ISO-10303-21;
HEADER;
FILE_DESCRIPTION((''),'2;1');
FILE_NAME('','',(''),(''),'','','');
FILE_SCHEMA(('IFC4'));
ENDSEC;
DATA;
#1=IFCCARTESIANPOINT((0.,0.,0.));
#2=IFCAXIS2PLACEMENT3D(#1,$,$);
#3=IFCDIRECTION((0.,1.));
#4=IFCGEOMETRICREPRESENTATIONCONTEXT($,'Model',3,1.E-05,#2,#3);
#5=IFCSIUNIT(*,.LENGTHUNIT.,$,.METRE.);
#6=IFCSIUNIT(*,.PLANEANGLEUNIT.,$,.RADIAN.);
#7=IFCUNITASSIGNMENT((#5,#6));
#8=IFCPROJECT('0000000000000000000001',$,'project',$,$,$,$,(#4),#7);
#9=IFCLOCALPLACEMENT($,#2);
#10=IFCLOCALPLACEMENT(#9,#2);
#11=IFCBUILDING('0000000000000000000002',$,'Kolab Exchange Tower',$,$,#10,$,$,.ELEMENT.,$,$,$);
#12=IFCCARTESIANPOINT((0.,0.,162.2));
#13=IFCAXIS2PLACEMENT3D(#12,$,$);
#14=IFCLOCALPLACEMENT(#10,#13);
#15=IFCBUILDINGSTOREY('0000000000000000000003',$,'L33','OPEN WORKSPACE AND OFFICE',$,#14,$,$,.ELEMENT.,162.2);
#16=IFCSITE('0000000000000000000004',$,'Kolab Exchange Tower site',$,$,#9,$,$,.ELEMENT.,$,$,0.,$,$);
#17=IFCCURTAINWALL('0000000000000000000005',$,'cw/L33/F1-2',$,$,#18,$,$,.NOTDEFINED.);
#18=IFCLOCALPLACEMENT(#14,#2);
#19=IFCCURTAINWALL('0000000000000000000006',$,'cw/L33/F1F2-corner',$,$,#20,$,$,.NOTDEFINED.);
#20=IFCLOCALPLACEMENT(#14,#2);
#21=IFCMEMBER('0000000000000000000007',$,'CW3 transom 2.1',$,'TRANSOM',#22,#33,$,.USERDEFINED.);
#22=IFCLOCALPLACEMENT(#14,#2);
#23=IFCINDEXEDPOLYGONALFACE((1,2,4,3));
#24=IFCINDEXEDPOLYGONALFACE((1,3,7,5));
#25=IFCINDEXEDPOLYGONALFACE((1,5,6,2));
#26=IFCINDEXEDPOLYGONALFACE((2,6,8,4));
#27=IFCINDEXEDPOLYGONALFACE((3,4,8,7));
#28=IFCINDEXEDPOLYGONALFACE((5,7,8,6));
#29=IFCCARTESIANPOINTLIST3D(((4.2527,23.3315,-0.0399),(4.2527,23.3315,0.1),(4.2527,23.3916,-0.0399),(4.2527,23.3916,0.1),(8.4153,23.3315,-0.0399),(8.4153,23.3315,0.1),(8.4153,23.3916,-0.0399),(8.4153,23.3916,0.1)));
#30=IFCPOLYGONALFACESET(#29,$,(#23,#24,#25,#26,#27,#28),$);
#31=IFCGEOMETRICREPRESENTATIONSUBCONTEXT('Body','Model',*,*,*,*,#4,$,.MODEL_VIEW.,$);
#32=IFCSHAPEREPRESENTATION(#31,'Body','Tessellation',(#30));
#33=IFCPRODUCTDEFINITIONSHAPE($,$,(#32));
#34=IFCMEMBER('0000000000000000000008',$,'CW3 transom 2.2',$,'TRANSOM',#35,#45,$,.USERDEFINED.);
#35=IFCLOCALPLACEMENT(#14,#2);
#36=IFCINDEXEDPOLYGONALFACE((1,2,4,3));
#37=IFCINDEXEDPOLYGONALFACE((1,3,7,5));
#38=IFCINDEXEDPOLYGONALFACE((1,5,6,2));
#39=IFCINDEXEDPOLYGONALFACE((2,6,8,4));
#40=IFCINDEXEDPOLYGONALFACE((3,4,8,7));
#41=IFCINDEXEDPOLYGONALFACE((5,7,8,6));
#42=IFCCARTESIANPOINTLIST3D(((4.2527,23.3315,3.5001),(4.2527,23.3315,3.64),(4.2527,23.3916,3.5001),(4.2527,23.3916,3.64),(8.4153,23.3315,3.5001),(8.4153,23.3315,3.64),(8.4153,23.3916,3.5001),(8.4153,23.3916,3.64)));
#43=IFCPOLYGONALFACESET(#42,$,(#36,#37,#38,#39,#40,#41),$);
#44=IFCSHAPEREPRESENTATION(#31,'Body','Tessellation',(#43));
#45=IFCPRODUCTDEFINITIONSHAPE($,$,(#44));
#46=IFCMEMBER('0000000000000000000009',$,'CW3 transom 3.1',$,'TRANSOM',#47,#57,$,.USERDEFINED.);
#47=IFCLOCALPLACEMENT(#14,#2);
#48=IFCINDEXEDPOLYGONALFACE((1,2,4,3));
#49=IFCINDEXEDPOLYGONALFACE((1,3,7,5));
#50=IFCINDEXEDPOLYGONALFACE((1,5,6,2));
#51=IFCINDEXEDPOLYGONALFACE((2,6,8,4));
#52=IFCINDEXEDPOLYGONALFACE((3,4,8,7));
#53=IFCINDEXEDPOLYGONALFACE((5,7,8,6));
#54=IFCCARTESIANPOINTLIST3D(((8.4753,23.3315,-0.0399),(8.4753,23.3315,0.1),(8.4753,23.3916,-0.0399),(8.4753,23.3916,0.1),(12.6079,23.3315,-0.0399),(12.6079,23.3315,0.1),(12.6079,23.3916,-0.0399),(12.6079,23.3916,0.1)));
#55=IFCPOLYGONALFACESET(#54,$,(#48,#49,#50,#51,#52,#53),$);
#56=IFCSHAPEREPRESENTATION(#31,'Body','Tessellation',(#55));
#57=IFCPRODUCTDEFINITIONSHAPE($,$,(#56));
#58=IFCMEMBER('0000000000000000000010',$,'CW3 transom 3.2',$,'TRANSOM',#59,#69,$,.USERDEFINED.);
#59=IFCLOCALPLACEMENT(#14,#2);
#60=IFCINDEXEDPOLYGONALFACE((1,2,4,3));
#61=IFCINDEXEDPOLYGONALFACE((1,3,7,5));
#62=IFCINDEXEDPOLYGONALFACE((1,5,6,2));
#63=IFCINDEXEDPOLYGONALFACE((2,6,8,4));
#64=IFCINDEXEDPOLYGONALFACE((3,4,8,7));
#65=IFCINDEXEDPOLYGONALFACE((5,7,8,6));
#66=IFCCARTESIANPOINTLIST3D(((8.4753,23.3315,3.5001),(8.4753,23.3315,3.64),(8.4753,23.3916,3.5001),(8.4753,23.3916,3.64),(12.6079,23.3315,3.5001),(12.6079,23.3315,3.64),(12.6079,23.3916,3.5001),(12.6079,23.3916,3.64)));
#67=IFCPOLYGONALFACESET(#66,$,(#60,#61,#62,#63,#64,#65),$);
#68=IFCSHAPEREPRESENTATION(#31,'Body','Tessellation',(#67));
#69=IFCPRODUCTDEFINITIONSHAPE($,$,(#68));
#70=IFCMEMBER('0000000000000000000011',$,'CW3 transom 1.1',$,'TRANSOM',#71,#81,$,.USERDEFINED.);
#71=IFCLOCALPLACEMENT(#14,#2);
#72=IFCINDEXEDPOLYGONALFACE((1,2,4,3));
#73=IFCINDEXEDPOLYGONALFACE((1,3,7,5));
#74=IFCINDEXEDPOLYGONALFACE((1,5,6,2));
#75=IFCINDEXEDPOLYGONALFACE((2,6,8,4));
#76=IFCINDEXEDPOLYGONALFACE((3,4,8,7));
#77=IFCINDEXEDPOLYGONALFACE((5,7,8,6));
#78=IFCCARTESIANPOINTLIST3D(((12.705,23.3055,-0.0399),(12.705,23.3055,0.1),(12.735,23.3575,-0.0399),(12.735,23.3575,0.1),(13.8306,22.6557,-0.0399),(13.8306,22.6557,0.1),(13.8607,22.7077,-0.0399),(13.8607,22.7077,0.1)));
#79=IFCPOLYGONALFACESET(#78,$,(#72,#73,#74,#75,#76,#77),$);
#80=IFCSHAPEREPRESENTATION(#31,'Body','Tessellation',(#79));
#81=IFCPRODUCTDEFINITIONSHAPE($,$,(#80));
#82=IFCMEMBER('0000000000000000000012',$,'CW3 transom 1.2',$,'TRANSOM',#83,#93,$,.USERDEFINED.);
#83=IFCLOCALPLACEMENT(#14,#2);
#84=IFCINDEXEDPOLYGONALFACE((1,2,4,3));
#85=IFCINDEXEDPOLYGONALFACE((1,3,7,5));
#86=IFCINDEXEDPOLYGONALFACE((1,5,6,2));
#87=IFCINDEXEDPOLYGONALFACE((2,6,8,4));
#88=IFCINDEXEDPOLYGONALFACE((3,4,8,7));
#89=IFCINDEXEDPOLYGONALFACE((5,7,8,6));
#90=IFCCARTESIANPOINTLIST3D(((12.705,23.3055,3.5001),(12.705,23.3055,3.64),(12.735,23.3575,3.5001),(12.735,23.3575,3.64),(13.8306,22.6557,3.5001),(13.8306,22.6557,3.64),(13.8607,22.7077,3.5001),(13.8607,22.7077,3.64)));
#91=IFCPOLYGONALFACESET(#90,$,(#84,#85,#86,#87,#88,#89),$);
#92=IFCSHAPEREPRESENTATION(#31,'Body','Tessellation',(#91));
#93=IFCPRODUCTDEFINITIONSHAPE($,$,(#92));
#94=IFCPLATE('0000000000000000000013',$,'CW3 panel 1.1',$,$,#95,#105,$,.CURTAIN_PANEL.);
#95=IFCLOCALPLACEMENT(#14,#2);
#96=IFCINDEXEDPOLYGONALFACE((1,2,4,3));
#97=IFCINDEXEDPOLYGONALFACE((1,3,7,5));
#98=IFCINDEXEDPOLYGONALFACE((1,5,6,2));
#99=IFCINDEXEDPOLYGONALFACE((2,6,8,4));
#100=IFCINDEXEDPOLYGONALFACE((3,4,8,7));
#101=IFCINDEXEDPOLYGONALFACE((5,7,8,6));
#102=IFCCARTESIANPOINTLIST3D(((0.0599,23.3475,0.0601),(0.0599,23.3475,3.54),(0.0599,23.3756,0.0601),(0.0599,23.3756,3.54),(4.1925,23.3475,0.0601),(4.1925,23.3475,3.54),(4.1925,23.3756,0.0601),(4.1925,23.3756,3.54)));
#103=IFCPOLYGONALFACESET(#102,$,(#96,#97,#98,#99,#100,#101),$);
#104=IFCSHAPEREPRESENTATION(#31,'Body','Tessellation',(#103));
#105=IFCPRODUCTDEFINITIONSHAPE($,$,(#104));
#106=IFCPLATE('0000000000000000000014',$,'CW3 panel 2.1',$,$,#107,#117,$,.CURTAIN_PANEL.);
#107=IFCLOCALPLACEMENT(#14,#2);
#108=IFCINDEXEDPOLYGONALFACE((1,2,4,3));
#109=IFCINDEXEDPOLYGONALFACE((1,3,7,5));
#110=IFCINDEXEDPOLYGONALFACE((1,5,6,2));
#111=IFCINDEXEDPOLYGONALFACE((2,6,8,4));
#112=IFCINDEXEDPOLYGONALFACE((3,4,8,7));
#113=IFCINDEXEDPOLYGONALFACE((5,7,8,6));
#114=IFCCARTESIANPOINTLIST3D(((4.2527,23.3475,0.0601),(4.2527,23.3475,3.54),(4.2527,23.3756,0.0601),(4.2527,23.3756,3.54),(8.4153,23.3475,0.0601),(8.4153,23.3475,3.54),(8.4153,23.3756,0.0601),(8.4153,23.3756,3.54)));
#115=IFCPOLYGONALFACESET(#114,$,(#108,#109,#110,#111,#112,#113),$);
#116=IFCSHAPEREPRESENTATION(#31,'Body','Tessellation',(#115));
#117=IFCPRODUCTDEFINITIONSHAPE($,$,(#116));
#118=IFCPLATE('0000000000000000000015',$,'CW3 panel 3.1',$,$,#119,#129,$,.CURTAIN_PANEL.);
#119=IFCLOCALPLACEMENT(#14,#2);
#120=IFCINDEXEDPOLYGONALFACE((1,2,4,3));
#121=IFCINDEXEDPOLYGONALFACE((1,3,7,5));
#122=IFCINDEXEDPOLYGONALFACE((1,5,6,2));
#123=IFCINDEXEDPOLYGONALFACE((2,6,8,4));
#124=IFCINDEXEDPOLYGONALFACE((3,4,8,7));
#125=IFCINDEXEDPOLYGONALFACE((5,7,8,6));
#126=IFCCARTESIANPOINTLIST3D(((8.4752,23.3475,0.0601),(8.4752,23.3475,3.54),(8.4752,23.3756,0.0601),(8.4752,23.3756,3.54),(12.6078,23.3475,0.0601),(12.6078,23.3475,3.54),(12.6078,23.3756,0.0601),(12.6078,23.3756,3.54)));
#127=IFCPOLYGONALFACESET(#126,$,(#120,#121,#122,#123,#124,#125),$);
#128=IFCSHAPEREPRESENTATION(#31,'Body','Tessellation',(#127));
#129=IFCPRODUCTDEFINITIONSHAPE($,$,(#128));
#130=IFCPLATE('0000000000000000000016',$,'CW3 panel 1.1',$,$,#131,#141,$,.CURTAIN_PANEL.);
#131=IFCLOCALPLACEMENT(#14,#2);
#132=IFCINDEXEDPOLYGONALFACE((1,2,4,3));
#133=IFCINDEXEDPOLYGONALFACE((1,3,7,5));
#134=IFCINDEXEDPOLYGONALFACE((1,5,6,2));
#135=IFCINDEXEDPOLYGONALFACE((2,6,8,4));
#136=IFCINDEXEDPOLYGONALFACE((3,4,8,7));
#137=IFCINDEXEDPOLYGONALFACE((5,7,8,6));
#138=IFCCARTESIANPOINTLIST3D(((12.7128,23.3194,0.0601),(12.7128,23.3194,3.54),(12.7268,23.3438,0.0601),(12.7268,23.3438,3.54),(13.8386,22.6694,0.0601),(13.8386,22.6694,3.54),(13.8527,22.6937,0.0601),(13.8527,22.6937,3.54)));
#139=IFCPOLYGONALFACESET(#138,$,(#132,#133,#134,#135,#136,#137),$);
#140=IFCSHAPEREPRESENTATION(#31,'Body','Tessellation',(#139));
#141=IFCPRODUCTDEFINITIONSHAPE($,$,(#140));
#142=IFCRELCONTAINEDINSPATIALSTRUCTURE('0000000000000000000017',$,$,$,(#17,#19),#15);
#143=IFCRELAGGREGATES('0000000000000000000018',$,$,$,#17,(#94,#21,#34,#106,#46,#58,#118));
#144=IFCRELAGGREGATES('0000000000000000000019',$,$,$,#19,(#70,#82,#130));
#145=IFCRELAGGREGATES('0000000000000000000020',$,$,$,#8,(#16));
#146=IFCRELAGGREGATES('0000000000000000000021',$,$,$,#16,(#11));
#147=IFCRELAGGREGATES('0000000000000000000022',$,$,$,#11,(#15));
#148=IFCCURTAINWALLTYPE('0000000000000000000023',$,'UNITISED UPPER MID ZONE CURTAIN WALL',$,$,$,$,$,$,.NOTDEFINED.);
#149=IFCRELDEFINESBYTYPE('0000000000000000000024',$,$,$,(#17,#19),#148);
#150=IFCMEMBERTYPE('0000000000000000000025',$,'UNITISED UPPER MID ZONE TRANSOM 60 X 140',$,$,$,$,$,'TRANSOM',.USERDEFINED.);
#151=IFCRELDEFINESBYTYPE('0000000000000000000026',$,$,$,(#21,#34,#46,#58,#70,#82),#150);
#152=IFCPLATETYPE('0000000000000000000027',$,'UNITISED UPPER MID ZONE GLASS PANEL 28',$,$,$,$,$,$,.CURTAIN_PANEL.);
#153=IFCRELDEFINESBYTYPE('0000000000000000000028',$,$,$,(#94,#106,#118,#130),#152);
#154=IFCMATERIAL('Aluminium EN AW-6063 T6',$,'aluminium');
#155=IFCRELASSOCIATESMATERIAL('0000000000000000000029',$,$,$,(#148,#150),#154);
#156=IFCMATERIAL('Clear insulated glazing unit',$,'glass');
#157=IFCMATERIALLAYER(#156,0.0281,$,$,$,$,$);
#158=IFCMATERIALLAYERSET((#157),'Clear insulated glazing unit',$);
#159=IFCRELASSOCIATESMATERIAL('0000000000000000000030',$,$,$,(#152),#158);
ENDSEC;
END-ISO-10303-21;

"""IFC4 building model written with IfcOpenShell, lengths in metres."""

from ifc_helpers import new_model, si_unit, direction, frame, origin, origin_2d, place, context, subcontext, project, spatial, rectangle, extrude, material, layer, layer_set, material_profile, profile_set, type_object, element, aggregate, save


model = new_model("IFC4")

# Units and contexts
model_context = context("Model", 3, precision=1e-05, world=origin(), true_north=direction((0.0, 1.0)))
body_context = subcontext(model_context, "Body", "Model", "MODEL_VIEW")
ifc_project = project(units=[si_unit("LENGTHUNIT", "METRE"), si_unit("PLANEANGLEUNIT", "RADIAN")], contexts=[model_context])

# Site, building, storey
site_placement = place(None, origin())
site = spatial("IfcSite", under=ifc_project, at=site_placement, Name="Kolab Exchange Tower site", CompositionType="ELEMENT", RefElevation=0.0)
building_placement = place(site_placement, origin())
building = spatial("IfcBuilding", under=site, at=building_placement, Name="Kolab Exchange Tower", CompositionType="ELEMENT")
storey_placement = place(building_placement, frame((0.0, 0.0, 162.2)))
storey = spatial("IfcBuildingStorey", under=building, at=storey_placement, Name="L33", Description="OPEN WORKSPACE AND OFFICE", CompositionType="ELEMENT", Elevation=162.2)

# Curtain walls
ifc_material_1 = material(Name="Aluminium EN AW-6063 T6", Category="aluminium")
curtain_wall_type = type_object("IfcCurtainWallType", Name="UNITISED UPPER MID ZONE CURTAIN WALL", PredefinedType="NOTDEFINED", material=ifc_material_1)
curtain_wall_1_placement = place(storey_placement, origin())
curtain_wall_1 = element("IfcCurtainWall", 1, at=curtain_wall_1_placement, inside=storey, type_object=curtain_wall_type, Name="cw/L33/F1-2", PredefinedType="NOTDEFINED")
curtain_wall_2_placement = place(storey_placement, origin())
curtain_wall_2 = element("IfcCurtainWall", 2, at=curtain_wall_2_placement, inside=storey, type_object=curtain_wall_type, Name="cw/L33/F1F2-corner", PredefinedType="NOTDEFINED")

# Members
ifc_material_profile_1 = material_profile(ifc_material_1, rectangle(XDim=0.0601, YDim=0.1399, at=origin_2d()), Name="RECT 60X140")
ifc_profile_set_1 = profile_set([ifc_material_profile_1], Name="Aluminium EN AW-6063 T6")
member_type_1 = type_object("IfcMemberType", Name="UNITISED UPPER MID ZONE TRANSOM 60 X 140", ElementType="TRANSOM", PredefinedType="USERDEFINED", material=ifc_profile_set_1)
member_1_placement = place(storey_placement, frame((4.2527, 23.3616, 0.03), z_axis=(1.0, 0.0, 0.0), x_axis=(0.0, 1.0, 0.0)))
member_1 = element("IfcMember", 3, at=member_1_placement, type_object=member_type_1, Name="CW3 transom 2.1", ObjectType="TRANSOM", PredefinedType="USERDEFINED", context=body_context, shape_type="SweptSolid", body=[
    extrude(rectangle(XDim=0.0601, YDim=0.1399, at=origin_2d()), origin(), (0.0, 0.0, 1.0), 4.1626),
])
member_2_placement = place(storey_placement, frame((4.2527, 23.3616, 3.5701), z_axis=(1.0, 0.0, 0.0), x_axis=(0.0, 1.0, 0.0)))
member_2 = element("IfcMember", 4, at=member_2_placement, type_object=member_type_1, Name="CW3 transom 2.2", ObjectType="TRANSOM", PredefinedType="USERDEFINED", context=body_context, shape_type="SweptSolid", body=[
    extrude(rectangle(XDim=0.0601, YDim=0.1399, at=origin_2d()), origin(), (0.0, 0.0, 1.0), 4.1626),
])
member_3_placement = place(storey_placement, frame((8.4753, 23.3616, 0.03), z_axis=(1.0, 0.0, 0.0), x_axis=(0.0, 1.0, 0.0)))
member_3 = element("IfcMember", 5, at=member_3_placement, type_object=member_type_1, Name="CW3 transom 3.1", ObjectType="TRANSOM", PredefinedType="USERDEFINED", context=body_context, shape_type="SweptSolid", body=[
    extrude(rectangle(XDim=0.0601, YDim=0.1399, at=origin_2d()), origin(), (0.0, 0.0, 1.0), 4.1326),
])
member_4_placement = place(storey_placement, frame((8.4753, 23.3616, 3.5701), z_axis=(1.0, 0.0, 0.0), x_axis=(0.0, 1.0, 0.0)))
member_4 = element("IfcMember", 6, at=member_4_placement, type_object=member_type_1, Name="CW3 transom 3.2", ObjectType="TRANSOM", PredefinedType="USERDEFINED", context=body_context, shape_type="SweptSolid", body=[
    extrude(rectangle(XDim=0.0601, YDim=0.1399, at=origin_2d()), origin(), (0.0, 0.0, 1.0), 4.1326),
])
member_5_placement = place(storey_placement, frame((12.72, 23.3315, 0.03), z_axis=(0.866039, -0.499977, 0.0), x_axis=(0.499977, 0.866039, 0.0)))
member_5 = element("IfcMember", 7, at=member_5_placement, type_object=member_type_1, Name="CW3 transom 1.1", ObjectType="TRANSOM", PredefinedType="USERDEFINED", context=body_context, shape_type="SweptSolid", body=[
    extrude(rectangle(XDim=0.0601, YDim=0.1399, at=origin_2d()), origin(), (0.0, 0.0, 1.0), 1.2998),
])
member_6_placement = place(storey_placement, frame((12.72, 23.3315, 3.5701), z_axis=(0.866039, -0.499977, 0.0), x_axis=(0.499977, 0.866039, 0.0)))
member_6 = element("IfcMember", 8, at=member_6_placement, type_object=member_type_1, Name="CW3 transom 1.2", ObjectType="TRANSOM", PredefinedType="USERDEFINED", context=body_context, shape_type="SweptSolid", body=[
    extrude(rectangle(XDim=0.0601, YDim=0.1399, at=origin_2d()), origin(), (0.0, 0.0, 1.0), 1.2998),
])

# Plates
ifc_material_2 = material(Name="Clear insulated glazing unit", Category="glass")
ifc_layer = layer(ifc_material_2, 0.0281)
ifc_layer_set = layer_set([ifc_layer], Name="Clear insulated glazing unit")
plate_type = type_object("IfcPlateType", Name="UNITISED UPPER MID ZONE GLASS PANEL 28", PredefinedType="CURTAIN_PANEL", material=ifc_layer_set)
plate_1_placement = place(storey_placement, frame((2.1262, 23.3616, 0.0601), z_axis=(0.0, 0.0, 1.0), x_axis=(1.0, 0.0, 0.0)))
plate_1 = element("IfcPlate", 9, at=plate_1_placement, type_object=plate_type, Name="CW3 panel 1.1", PredefinedType="CURTAIN_PANEL", context=body_context, shape_type="SweptSolid", body=[
    extrude(rectangle(XDim=4.1326, YDim=0.0281, at=origin_2d()), origin(), (0.0, 0.0, 1.0), 3.48),
])
plate_2_placement = place(storey_placement, frame((6.334, 23.3616, 0.0601), z_axis=(0.0, 0.0, 1.0), x_axis=(1.0, 0.0, 0.0)))
plate_2 = element("IfcPlate", 10, at=plate_2_placement, type_object=plate_type, Name="CW3 panel 2.1", PredefinedType="CURTAIN_PANEL", context=body_context, shape_type="SweptSolid", body=[
    extrude(rectangle(XDim=4.1626, YDim=0.0281, at=origin_2d()), origin(), (0.0, 0.0, 1.0), 3.48),
])
plate_3_placement = place(storey_placement, frame((10.5415, 23.3616, 0.0601), z_axis=(0.0, 0.0, 1.0), x_axis=(1.0, 0.0, 0.0)))
plate_3 = element("IfcPlate", 11, at=plate_3_placement, type_object=plate_type, Name="CW3 panel 3.1", PredefinedType="CURTAIN_PANEL", context=body_context, shape_type="SweptSolid", body=[
    extrude(rectangle(XDim=4.1326, YDim=0.0281, at=origin_2d()), origin(), (0.0, 0.0, 1.0), 3.48),
])
aggregate(curtain_wall_1, [plate_1, member_1, member_2, plate_2, member_3, member_4, plate_3])
plate_4_placement = place(storey_placement, frame((13.2827, 23.0066, 0.0601), z_axis=(0.0, 0.0, 1.0), x_axis=(0.866025, -0.5, 0.0)))
plate_4 = element("IfcPlate", 12, at=plate_4_placement, type_object=plate_type, Name="CW3 panel 1.1", PredefinedType="CURTAIN_PANEL", context=body_context, shape_type="SweptSolid", body=[
    extrude(rectangle(XDim=1.3, YDim=0.0281, at=origin_2d()), origin(), (0.0, 0.0, 1.0), 3.48),
])
aggregate(curtain_wall_2, [member_5, member_6, plate_4])

save(model, "model.ifc")
